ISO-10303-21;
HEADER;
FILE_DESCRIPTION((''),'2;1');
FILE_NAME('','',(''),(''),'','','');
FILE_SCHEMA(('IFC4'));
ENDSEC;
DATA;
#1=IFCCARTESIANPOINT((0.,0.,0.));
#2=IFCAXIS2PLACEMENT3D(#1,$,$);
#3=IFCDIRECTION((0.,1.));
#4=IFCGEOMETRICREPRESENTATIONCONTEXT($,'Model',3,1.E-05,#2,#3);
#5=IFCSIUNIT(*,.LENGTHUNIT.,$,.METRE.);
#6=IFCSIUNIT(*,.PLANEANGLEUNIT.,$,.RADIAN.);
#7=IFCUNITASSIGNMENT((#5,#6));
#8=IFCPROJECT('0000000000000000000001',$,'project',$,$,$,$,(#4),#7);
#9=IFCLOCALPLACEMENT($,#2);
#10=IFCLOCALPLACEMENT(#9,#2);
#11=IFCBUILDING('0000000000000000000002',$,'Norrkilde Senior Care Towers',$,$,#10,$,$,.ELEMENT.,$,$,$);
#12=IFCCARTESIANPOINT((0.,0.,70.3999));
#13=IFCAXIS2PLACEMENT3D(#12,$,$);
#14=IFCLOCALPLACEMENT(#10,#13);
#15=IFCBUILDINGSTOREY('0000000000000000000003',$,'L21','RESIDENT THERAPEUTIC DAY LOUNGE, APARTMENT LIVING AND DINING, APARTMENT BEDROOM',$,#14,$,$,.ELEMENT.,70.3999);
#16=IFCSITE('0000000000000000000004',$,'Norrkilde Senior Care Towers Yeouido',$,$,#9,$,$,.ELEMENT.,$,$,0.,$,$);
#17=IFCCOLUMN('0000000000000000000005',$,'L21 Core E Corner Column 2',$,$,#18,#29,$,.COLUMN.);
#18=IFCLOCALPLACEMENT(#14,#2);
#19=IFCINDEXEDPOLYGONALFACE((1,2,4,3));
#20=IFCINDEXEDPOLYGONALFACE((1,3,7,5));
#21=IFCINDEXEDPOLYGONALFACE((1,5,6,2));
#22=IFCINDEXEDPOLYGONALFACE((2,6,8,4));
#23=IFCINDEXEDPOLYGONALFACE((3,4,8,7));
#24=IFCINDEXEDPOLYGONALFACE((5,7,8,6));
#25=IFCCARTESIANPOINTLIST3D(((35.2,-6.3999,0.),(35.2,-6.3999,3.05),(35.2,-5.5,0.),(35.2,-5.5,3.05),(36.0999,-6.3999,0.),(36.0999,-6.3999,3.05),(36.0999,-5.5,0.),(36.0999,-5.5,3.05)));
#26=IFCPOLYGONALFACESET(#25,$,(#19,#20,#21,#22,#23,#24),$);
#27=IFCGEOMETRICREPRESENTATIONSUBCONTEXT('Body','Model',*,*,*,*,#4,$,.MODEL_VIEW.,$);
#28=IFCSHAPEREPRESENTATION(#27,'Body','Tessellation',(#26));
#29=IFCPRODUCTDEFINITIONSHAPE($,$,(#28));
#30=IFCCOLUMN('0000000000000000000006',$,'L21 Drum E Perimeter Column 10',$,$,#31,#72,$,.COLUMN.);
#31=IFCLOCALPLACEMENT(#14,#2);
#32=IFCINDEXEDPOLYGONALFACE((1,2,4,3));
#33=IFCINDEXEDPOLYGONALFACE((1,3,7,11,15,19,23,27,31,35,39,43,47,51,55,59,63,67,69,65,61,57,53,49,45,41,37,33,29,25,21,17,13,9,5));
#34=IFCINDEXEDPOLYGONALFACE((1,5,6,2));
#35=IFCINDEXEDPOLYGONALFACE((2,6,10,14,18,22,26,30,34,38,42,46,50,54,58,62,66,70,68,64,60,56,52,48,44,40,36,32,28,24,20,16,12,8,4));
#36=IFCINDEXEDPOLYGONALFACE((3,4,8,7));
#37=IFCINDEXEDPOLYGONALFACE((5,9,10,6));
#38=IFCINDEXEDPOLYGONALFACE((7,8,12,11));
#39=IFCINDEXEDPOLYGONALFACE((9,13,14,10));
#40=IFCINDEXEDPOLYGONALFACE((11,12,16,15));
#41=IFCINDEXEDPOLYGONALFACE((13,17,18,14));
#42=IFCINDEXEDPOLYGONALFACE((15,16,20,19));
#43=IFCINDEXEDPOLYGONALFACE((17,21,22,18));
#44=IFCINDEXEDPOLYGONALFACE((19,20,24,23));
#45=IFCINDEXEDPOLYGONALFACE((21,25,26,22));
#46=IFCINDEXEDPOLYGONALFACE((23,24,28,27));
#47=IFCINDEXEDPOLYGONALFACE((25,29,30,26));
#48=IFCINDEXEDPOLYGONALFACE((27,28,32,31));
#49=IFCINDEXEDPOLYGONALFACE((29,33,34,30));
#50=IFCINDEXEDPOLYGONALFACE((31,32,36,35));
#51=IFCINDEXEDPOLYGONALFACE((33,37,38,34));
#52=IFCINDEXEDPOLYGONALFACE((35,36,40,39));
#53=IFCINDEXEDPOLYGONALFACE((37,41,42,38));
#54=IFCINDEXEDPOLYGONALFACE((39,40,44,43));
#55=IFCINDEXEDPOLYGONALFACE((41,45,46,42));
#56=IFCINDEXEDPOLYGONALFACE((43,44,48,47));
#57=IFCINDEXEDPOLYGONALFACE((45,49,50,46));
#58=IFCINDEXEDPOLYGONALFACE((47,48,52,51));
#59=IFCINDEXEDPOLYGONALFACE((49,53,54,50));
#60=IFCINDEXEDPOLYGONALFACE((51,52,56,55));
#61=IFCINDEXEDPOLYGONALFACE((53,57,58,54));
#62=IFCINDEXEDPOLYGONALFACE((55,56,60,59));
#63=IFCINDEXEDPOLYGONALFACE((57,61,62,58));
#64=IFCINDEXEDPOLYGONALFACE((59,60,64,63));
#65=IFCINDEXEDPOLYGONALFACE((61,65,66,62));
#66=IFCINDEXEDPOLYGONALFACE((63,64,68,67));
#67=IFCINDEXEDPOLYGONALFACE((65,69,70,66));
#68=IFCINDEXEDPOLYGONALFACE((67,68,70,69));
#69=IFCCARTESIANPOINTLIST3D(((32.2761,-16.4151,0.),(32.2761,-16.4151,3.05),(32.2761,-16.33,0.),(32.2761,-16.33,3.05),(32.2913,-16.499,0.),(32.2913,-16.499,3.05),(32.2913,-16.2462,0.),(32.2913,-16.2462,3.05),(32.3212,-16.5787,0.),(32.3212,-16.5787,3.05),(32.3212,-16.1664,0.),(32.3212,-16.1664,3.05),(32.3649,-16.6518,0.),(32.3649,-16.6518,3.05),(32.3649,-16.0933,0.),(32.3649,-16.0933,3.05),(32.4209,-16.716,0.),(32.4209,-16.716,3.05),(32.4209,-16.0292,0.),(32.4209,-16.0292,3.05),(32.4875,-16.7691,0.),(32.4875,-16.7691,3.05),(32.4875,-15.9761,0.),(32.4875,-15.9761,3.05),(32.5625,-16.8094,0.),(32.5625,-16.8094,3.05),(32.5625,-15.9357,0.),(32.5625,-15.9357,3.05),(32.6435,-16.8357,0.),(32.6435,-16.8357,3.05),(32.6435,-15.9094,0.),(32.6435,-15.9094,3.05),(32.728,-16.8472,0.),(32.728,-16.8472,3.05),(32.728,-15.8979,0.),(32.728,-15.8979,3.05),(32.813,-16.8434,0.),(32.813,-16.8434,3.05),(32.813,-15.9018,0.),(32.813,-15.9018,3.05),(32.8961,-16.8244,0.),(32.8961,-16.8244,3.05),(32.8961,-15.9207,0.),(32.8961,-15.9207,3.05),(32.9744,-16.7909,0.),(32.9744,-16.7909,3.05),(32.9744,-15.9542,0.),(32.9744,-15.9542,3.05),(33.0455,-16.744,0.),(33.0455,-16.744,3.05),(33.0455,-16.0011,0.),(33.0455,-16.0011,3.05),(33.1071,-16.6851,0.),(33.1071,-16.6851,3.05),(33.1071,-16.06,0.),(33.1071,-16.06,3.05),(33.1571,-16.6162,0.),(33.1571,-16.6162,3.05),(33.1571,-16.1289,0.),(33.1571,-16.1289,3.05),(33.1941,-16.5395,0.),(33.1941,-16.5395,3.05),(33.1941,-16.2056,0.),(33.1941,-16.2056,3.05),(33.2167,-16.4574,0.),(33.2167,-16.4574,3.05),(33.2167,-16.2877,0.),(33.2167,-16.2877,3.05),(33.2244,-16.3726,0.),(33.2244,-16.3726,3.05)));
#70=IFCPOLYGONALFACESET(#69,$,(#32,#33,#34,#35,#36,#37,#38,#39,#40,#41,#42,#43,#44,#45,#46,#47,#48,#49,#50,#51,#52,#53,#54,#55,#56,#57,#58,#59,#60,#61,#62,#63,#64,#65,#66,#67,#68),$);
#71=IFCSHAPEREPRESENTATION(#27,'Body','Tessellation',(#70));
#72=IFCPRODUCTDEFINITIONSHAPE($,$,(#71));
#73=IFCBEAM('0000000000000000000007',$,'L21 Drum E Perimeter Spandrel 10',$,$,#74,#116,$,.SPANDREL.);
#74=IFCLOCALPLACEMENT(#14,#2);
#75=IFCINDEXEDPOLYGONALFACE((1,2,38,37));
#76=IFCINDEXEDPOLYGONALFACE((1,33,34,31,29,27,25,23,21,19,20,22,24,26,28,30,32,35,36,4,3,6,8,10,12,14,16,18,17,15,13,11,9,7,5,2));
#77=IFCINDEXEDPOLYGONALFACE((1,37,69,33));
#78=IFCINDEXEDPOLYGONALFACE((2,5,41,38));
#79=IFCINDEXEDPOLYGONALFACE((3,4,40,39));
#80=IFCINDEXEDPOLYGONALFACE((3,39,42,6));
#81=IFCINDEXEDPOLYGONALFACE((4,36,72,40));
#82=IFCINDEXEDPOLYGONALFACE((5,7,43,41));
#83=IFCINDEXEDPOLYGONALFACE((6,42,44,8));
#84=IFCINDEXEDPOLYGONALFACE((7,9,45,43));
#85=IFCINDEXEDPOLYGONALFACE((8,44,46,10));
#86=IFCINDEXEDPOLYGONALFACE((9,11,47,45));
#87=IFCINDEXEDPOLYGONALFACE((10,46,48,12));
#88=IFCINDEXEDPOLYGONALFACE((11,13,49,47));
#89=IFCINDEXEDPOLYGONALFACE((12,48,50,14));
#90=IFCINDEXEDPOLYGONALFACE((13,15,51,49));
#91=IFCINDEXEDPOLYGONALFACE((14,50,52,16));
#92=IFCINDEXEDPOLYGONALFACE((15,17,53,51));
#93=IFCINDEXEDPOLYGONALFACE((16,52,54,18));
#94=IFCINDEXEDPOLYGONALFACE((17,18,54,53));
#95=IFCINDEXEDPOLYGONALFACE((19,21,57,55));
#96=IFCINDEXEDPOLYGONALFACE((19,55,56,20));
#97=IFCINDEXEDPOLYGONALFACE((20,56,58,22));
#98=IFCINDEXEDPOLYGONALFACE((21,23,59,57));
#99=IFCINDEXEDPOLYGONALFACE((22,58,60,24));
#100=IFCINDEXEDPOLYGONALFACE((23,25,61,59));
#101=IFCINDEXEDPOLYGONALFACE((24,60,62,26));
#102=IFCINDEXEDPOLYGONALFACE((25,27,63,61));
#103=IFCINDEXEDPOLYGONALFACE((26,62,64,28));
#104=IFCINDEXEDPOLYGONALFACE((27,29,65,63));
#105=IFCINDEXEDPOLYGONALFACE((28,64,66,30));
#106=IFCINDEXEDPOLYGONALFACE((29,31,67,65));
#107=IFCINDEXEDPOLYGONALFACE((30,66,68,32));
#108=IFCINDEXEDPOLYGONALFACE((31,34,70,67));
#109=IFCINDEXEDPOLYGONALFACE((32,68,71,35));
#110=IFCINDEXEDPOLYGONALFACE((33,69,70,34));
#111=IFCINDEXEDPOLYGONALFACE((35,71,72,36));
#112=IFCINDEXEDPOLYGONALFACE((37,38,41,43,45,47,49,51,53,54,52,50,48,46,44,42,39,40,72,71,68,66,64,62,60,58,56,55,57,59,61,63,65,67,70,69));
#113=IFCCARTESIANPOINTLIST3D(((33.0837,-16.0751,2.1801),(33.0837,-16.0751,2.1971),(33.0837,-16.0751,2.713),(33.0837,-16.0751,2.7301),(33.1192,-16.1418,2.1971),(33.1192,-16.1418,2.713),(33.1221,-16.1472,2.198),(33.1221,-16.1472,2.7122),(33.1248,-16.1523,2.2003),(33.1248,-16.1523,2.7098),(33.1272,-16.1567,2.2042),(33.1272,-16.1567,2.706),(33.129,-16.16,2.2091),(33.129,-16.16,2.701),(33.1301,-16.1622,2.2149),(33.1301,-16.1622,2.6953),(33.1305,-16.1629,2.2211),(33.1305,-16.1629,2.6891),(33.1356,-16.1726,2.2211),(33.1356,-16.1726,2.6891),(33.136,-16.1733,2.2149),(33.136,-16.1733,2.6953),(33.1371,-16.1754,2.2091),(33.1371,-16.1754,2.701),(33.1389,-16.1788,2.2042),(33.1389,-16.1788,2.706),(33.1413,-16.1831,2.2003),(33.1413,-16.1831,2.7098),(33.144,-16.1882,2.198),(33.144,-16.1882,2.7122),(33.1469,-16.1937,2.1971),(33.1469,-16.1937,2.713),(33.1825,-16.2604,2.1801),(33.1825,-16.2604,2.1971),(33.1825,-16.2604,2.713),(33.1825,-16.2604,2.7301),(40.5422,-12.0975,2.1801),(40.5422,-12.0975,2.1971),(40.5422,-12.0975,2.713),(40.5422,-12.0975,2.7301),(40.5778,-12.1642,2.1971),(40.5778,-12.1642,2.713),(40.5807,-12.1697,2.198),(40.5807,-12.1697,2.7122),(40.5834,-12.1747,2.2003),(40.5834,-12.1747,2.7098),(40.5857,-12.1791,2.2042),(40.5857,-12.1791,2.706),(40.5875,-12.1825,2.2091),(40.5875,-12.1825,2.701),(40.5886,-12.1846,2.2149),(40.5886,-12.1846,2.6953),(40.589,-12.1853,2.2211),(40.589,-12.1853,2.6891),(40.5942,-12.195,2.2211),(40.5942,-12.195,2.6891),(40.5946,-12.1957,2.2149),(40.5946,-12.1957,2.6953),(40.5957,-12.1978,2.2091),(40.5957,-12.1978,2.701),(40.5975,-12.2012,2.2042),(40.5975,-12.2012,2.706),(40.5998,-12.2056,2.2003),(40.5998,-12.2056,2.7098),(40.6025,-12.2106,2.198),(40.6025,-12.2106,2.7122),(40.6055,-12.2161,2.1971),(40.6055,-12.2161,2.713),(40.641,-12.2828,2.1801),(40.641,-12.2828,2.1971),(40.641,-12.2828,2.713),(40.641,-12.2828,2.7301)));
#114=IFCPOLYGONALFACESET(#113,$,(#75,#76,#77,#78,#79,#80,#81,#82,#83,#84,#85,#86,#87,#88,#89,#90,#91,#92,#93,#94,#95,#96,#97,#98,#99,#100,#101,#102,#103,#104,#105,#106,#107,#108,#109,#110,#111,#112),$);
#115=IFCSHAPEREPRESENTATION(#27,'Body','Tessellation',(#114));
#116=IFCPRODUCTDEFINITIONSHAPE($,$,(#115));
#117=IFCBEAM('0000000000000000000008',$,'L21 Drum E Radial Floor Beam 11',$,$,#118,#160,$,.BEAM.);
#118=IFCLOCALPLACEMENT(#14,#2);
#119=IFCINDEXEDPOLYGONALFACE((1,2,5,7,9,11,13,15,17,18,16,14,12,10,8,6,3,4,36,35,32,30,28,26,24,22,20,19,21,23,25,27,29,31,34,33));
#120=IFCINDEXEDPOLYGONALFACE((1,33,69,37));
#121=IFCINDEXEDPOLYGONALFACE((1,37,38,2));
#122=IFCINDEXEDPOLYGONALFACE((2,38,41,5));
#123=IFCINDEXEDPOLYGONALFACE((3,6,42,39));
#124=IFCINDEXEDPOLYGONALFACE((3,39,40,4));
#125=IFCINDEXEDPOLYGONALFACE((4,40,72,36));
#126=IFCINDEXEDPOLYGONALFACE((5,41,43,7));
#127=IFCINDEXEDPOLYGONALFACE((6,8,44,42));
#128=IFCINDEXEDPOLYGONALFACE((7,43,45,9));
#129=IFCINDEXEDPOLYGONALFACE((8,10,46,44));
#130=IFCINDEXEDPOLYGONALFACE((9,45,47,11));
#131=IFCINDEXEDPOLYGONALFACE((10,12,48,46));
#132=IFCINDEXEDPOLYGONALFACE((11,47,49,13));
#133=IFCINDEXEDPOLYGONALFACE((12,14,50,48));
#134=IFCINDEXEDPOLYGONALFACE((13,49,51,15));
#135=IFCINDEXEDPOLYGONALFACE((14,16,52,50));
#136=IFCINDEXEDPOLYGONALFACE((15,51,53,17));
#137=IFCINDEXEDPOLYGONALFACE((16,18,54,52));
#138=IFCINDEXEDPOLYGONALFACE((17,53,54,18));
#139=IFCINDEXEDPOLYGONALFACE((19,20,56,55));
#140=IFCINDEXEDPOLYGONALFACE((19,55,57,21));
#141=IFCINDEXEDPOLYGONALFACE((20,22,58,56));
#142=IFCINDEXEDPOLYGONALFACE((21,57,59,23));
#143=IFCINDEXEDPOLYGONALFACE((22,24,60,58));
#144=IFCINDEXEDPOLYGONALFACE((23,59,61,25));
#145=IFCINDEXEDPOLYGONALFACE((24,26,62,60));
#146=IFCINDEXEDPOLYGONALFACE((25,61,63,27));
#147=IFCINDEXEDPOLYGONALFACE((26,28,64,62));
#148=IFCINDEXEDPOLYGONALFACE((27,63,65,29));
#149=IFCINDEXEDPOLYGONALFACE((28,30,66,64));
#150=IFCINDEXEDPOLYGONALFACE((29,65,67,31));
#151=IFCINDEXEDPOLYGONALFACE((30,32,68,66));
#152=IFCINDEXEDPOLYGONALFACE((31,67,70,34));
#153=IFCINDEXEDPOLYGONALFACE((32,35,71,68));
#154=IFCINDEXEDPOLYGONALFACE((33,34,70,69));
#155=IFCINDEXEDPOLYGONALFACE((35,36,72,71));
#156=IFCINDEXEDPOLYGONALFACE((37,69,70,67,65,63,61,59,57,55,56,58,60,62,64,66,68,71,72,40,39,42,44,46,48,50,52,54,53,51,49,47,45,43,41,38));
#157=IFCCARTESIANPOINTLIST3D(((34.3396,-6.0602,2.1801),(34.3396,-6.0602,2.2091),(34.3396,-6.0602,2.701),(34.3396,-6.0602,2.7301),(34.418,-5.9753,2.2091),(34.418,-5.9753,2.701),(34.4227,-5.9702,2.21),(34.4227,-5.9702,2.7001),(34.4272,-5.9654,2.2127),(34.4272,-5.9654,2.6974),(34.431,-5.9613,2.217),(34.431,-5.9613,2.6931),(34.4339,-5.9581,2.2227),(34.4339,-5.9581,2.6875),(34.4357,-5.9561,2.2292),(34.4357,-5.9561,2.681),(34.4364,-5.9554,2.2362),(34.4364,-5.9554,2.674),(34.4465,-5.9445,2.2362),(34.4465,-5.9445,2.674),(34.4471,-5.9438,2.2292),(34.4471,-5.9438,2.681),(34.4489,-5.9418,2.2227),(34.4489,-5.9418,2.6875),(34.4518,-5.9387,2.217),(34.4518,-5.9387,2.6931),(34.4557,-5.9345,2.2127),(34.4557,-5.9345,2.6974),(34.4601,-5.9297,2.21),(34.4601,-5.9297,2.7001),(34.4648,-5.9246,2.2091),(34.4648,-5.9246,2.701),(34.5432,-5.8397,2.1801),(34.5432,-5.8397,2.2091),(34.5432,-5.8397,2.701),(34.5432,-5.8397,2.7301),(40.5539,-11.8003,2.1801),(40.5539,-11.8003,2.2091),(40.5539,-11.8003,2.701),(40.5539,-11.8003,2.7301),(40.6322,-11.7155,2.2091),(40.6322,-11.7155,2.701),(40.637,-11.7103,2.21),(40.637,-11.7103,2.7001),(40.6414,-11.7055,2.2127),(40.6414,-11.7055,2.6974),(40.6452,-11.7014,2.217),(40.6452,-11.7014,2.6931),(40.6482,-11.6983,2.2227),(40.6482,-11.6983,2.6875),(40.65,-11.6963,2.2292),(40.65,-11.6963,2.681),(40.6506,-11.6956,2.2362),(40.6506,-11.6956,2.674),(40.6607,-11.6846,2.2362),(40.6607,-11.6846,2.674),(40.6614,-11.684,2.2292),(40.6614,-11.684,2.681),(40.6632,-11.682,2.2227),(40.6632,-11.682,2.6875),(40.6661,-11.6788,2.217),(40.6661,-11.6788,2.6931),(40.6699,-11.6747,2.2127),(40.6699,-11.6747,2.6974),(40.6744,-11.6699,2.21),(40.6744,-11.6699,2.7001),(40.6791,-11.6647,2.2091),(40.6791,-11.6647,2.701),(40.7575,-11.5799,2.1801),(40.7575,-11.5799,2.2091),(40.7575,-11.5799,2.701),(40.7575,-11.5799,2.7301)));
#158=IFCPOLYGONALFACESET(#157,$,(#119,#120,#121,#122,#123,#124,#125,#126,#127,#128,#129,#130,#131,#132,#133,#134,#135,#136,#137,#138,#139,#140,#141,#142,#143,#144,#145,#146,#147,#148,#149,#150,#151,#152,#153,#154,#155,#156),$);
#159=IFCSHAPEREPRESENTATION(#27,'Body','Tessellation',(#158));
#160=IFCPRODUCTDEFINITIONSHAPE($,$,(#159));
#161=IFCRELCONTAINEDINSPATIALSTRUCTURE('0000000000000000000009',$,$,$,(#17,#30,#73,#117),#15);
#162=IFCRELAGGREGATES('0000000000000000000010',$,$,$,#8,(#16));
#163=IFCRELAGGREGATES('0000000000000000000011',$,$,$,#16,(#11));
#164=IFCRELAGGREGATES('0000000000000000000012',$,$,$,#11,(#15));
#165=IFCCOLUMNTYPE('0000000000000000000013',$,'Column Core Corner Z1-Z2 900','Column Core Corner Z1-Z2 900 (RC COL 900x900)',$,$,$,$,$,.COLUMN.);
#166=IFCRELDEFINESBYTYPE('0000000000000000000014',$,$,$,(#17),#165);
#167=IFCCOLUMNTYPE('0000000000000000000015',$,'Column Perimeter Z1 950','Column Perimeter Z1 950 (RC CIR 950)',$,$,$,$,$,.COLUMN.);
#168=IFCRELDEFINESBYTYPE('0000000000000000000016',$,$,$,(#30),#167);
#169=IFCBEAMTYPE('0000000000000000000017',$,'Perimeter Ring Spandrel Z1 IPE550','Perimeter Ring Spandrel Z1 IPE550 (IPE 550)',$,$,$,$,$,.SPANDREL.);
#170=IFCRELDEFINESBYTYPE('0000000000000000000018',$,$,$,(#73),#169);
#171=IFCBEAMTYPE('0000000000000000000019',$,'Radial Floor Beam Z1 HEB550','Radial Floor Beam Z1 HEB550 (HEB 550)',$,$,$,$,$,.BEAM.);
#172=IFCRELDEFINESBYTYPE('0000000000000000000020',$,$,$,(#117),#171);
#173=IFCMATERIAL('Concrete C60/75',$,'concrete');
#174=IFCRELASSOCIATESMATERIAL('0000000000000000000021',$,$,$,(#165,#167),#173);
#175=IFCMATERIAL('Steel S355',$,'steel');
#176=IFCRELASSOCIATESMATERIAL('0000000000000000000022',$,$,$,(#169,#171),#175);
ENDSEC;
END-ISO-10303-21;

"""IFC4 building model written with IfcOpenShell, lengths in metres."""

from ifc_helpers import new_model, si_unit, direction, frame, origin, origin_2d, place, context, subcontext, project, spatial, rectangle, circle, i_section, extrude, source, transform, mapped, material, material_profile, profile_set, type_object, type_shapes, element, save


model = new_model("IFC4")

# Units and contexts
model_context = context("Model", 3, precision=1e-05, world=origin(), true_north=direction((0.0, 1.0)))
body_context = subcontext(model_context, "Body", "Model", "MODEL_VIEW")
ifc_project = project(units=[si_unit("LENGTHUNIT", "METRE"), si_unit("PLANEANGLEUNIT", "RADIAN")], contexts=[model_context])

# Site, building, storey
site_placement = place(None, origin())
site = spatial("IfcSite", under=ifc_project, at=site_placement, Name="Norrkilde Senior Care Towers Yeouido", CompositionType="ELEMENT", RefElevation=0.0)
building_placement = place(site_placement, origin())
building = spatial("IfcBuilding", under=site, at=building_placement, Name="Norrkilde Senior Care Towers", CompositionType="ELEMENT")
storey_placement = place(building_placement, frame((0.0, 0.0, 70.3999)))
storey = spatial("IfcBuildingStorey", under=building, at=storey_placement, Name="L21", Description="RESIDENT THERAPEUTIC DAY LOUNGE, APARTMENT LIVING AND DINING, APARTMENT BEDROOM", CompositionType="ELEMENT", Elevation=70.3999)

# Columns
ifc_material_1 = material(Name="Concrete C60/75", Category="concrete")
ifc_material_profile_1 = material_profile(ifc_material_1, rectangle(XDim=0.8999, YDim=0.8999, at=origin_2d()), Name="RC COL 900x900")
ifc_profile_set_1 = profile_set([ifc_material_profile_1], Name="Concrete C60/75")
column_type_1 = type_object("IfcColumnType", Name="Column Core Corner Z1-Z2 900", Description="Column Core Corner Z1-Z2 900 (RC COL 900x900)", PredefinedType="COLUMN", material=ifc_profile_set_1)
shared_shape_1 = source(origin(), body_context, "Body", "SweptSolid", [
    extrude(rectangle(XDim=0.8999, YDim=0.8999, at=origin_2d()), origin(), (0.0, 0.0, 1.0), 3.05),
])
type_shapes(column_type_1, [shared_shape_1])
column_1_placement = place(storey_placement, frame((35.6499, -5.95, 0.0), z_axis=(0.0, 0.0, 1.0), x_axis=(1.0, 0.0, 0.0)))
element("IfcColumn", 1, at=column_1_placement, inside=storey, type_object=column_type_1, Name="L21 Core E Corner Column 2", PredefinedType="COLUMN", context=body_context, shape_type="MappedRepresentation", body=[
    mapped(shared_shape_1, transform((0.0, 0.0, 0.0), x_axis=(1.0, 0.0, 0.0), y_axis=(0.0, 1.0, 0.0), z_axis=(0.0, 0.0, 1.0), scale=1.0)),
])
ifc_material_profile_2 = material_profile(ifc_material_1, circle(Radius=0.4751, at=origin_2d()), Name="RC CIR 950")
ifc_profile_set_2 = profile_set([ifc_material_profile_2], Name="Concrete C60/75")
column_type_2 = type_object("IfcColumnType", Name="Column Perimeter Z1 950", Description="Column Perimeter Z1 950 (RC CIR 950)", PredefinedType="COLUMN", material=ifc_profile_set_2)
shared_shape_2 = source(origin(), body_context, "Body", "SweptSolid", [
    extrude(circle(Radius=0.4751, at=origin_2d()), origin(), (0.0, 0.0, 1.0), 3.05),
])
type_shapes(column_type_2, [shared_shape_2])
column_2_placement = place(storey_placement, frame((32.7493, -16.3726, 0.0), z_axis=(0.0, 0.0, 1.0), x_axis=(1.0, 0.0, 0.0)))
element("IfcColumn", 2, at=column_2_placement, inside=storey, type_object=column_type_2, Name="L21 Drum E Perimeter Column 10", PredefinedType="COLUMN", context=body_context, shape_type="MappedRepresentation", body=[
    mapped(shared_shape_2, transform((0.0, 0.0, 0.0), x_axis=(1.0, 0.0, 0.0), y_axis=(0.0, 1.0, 0.0), z_axis=(0.0, 0.0, 1.0), scale=1.0)),
])

# Beams
ifc_material_2 = material(Name="Steel S355", Category="steel")
ifc_material_profile_3 = material_profile(ifc_material_2, i_section(OverallWidth=0.21, OverallDepth=0.55, WebThickness=0.011, FlangeThickness=0.0171, FilletRadius=0.0239, at=origin_2d()), Name="IPE 550")
ifc_profile_set_3 = profile_set([ifc_material_profile_3], Name="Steel S355")
beam_type_1 = type_object("IfcBeamType", Name="Perimeter Ring Spandrel Z1 IPE550", Description="Perimeter Ring Spandrel Z1 IPE550 (IPE 550)", PredefinedType="SPANDREL", material=ifc_profile_set_3)
shared_shape_3 = source(origin(), body_context, "Body", "SweptSolid", [
    extrude(i_section(OverallWidth=0.21, OverallDepth=0.55, WebThickness=0.011, FlangeThickness=0.0171, FilletRadius=0.0239, at=origin_2d()), origin(), (0.0, 0.0, 1.0), 8.4529),
])
type_shapes(beam_type_1, [shared_shape_3])
beam_1_placement = place(storey_placement, frame((33.1331, -16.1677, 2.4551), z_axis=(0.882369, 0.470558, 0.0), x_axis=(-0.470558, 0.882369, 0.0)))
element("IfcBeam", 3, at=beam_1_placement, inside=storey, type_object=beam_type_1, Name="L21 Drum E Perimeter Spandrel 10", PredefinedType="SPANDREL", context=body_context, shape_type="MappedRepresentation", body=[
    mapped(shared_shape_3, transform((0.0, 0.0, 0.0), x_axis=(1.0, 0.0, 0.0), y_axis=(0.0, 1.0, 0.0), z_axis=(0.0, 0.0, 1.0), scale=1.0)),
])
ifc_material_profile_4 = material_profile(ifc_material_2, i_section(OverallWidth=0.3, OverallDepth=0.55, WebThickness=0.0149, FlangeThickness=0.0291, FilletRadius=0.0271, at=origin_2d()), Name="HEB 550")
ifc_profile_set_4 = profile_set([ifc_material_profile_4], Name="Steel S355")
beam_type_2 = type_object("IfcBeamType", Name="Radial Floor Beam Z1 HEB550", Description="Radial Floor Beam Z1 HEB550 (HEB 550)", PredefinedType="BEAM", material=ifc_profile_set_4)
shared_shape_4 = source(origin(), body_context, "Body", "SweptSolid", [
    extrude(i_section(OverallWidth=0.3, OverallDepth=0.55, WebThickness=0.0149, FlangeThickness=0.0291, FilletRadius=0.0271, at=origin_2d()), origin(), (0.0, 0.0, 1.0), 8.4597),
])
beam_2_placement = place(storey_placement, frame((34.4414, -5.95, 2.4551), z_axis=(0.734573, -0.678529, 0.0), x_axis=(0.678529, 0.734573, 0.0)))
element("IfcBeam", 4, at=beam_2_placement, inside=storey, type_object=beam_type_2, Name="L21 Drum E Radial Floor Beam 11", PredefinedType="BEAM", context=body_context, shape_type="MappedRepresentation", body=[
    mapped(shared_shape_4, transform((0.0, 0.0, 0.0), x_axis=(1.0, 0.0, 0.0), y_axis=(0.0, 1.0, 0.0), z_axis=(0.0, 0.0, 1.0), scale=1.0)),
])

save(model, "model.ifc")
